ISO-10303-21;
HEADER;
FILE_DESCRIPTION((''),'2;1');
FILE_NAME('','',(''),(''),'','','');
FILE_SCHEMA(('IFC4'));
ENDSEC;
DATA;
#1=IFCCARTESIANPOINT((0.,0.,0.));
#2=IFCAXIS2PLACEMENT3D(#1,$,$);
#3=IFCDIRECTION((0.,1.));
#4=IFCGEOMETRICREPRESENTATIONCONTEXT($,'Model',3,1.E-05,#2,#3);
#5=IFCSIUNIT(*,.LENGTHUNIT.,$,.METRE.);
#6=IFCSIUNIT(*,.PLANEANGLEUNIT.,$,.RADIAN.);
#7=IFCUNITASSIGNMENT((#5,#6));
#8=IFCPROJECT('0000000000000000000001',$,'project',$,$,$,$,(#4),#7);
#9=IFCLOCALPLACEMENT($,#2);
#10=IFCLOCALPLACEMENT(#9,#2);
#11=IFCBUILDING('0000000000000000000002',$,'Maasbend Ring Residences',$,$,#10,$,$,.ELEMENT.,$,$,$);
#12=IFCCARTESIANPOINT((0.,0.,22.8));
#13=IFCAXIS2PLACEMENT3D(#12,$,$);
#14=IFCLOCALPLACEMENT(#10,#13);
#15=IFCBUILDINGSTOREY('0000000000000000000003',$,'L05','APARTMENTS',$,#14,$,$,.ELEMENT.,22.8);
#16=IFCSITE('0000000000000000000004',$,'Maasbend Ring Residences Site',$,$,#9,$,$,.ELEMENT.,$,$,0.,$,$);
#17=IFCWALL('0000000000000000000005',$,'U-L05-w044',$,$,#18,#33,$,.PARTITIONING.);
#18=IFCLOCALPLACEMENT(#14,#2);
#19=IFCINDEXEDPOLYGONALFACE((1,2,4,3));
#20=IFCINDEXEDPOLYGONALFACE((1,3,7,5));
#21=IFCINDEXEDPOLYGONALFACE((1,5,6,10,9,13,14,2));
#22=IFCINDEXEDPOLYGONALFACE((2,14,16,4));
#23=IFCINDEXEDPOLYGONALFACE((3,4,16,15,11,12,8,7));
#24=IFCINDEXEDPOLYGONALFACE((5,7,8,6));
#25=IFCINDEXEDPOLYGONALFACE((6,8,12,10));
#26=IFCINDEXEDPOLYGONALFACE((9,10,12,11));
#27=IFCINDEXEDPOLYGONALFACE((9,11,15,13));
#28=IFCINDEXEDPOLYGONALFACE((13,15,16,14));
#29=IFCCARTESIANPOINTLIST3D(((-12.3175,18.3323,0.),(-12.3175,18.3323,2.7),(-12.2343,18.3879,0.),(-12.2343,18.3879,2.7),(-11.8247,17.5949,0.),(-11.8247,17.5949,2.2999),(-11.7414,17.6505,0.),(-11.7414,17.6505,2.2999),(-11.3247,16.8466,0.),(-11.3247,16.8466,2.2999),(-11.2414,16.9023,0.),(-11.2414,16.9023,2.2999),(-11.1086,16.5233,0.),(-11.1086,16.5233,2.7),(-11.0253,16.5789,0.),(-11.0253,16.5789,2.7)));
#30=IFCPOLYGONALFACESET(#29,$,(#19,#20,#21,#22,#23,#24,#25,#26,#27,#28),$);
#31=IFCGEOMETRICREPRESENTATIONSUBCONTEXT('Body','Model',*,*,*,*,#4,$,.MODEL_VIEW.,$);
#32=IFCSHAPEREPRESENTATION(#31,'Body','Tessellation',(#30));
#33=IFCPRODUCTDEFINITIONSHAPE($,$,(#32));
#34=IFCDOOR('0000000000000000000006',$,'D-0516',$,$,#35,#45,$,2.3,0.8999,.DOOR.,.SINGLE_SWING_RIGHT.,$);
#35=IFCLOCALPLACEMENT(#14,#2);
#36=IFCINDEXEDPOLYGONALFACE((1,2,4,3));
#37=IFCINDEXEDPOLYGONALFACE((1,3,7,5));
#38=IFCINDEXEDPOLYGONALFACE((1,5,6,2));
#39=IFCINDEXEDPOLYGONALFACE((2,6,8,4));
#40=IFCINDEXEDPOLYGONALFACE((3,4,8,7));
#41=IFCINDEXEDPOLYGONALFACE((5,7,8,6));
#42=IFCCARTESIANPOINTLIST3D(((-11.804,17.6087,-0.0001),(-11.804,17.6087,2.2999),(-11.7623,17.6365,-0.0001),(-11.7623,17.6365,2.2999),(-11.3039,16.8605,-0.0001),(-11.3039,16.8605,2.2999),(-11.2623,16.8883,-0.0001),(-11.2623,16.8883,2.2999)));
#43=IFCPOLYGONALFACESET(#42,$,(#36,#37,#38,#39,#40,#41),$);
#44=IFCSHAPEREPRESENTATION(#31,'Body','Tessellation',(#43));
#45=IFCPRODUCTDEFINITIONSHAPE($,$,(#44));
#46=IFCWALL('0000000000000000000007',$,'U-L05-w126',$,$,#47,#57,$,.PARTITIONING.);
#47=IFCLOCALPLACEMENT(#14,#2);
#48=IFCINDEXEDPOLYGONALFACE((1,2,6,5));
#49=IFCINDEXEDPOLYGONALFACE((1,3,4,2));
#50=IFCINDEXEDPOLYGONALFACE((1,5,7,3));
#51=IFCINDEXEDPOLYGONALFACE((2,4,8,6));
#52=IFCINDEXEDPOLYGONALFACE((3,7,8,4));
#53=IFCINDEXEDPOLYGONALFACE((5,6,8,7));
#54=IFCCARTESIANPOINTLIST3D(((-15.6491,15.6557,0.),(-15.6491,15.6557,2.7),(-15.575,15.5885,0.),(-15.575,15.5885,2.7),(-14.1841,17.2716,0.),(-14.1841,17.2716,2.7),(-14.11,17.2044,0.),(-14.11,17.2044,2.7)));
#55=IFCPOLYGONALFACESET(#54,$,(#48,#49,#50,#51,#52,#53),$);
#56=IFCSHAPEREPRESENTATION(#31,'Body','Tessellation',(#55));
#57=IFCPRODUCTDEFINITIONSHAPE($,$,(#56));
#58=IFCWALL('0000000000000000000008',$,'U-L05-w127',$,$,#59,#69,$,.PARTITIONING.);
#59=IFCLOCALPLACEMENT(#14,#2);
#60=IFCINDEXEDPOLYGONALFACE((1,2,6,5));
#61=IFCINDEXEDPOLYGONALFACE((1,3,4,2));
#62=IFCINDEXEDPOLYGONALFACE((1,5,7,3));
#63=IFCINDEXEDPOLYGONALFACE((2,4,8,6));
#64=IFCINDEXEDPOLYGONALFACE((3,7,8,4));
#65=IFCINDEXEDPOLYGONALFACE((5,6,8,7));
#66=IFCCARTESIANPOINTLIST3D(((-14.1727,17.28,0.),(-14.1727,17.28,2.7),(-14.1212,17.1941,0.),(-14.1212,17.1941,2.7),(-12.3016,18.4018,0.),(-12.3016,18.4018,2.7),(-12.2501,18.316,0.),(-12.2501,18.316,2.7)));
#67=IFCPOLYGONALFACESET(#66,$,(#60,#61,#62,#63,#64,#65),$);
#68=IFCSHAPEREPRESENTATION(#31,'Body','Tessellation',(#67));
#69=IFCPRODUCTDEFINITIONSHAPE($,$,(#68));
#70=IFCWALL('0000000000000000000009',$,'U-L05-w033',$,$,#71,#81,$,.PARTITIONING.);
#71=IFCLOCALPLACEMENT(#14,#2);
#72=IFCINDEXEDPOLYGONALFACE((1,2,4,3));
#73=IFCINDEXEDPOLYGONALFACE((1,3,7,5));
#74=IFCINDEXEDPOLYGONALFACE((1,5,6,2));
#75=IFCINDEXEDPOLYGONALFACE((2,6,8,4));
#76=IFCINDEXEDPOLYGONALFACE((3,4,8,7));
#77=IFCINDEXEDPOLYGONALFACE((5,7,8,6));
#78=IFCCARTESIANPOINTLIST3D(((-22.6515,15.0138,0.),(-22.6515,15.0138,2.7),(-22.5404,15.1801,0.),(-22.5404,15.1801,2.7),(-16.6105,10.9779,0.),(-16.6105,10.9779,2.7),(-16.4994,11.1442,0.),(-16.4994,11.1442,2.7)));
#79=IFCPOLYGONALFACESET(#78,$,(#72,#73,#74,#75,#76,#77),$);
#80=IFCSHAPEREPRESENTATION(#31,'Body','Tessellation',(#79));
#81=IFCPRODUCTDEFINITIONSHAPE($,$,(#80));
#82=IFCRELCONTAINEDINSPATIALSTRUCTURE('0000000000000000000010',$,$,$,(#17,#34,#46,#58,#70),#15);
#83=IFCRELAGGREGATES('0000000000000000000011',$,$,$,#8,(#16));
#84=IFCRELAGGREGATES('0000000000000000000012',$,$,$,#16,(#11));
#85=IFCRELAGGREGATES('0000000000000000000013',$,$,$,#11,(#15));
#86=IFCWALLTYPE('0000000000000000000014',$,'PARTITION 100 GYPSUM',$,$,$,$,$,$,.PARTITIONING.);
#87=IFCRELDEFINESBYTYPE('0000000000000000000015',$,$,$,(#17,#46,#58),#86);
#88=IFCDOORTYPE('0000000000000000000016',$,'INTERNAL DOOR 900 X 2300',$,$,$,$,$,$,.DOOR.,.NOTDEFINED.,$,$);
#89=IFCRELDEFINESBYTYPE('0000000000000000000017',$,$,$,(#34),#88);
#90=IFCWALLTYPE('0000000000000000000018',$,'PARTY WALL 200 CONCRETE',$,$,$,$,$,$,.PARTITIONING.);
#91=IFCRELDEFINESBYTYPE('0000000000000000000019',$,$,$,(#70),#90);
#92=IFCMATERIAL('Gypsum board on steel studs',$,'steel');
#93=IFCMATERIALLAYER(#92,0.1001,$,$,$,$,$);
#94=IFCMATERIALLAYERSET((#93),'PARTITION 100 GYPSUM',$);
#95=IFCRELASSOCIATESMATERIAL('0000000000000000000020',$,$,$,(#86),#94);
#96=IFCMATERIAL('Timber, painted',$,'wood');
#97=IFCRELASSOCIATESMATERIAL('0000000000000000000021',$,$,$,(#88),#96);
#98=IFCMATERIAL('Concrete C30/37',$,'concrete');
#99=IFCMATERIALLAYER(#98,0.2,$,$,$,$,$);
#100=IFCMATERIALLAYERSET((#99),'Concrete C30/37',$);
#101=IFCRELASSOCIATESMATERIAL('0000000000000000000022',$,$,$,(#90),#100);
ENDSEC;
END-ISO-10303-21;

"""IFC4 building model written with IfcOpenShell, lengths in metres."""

from ifc_helpers import new_model, si_unit, direction, frame, frame_2d, origin, place, context, subcontext, project, spatial, rectangle, extrude, material, layer, layer_set, type_object, element, fill, save


model = new_model("IFC4")

# Units and contexts
model_context = context("Model", 3, precision=1e-05, world=origin(), true_north=direction((0.0, 1.0)))
body_context = subcontext(model_context, "Body", "Model", "MODEL_VIEW")
ifc_project = project(units=[si_unit("LENGTHUNIT", "METRE"), si_unit("PLANEANGLEUNIT", "RADIAN")], contexts=[model_context])

# Site, building, storey
site_placement = place(None, origin())
site = spatial("IfcSite", under=ifc_project, at=site_placement, Name="Maasbend Ring Residences Site", CompositionType="ELEMENT", RefElevation=0.0)
building_placement = place(site_placement, origin())
building = spatial("IfcBuilding", under=site, at=building_placement, Name="Maasbend Ring Residences", CompositionType="ELEMENT")
storey_placement = place(building_placement, frame((0.0, 0.0, 22.8)))
storey = spatial("IfcBuildingStorey", under=building, at=storey_placement, Name="L05", Description="APARTMENTS", CompositionType="ELEMENT", Elevation=22.8)

# Wall, opening, door
ifc_material_1 = material(Name="Gypsum board on steel studs", Category="steel")
ifc_layer_1 = layer(ifc_material_1, 0.1001)
ifc_layer_set_1 = layer_set([ifc_layer_1], Name="PARTITION 100 GYPSUM")
wall_type_1 = type_object("IfcWallType", Name="PARTITION 100 GYPSUM", PredefinedType="PARTITIONING", material=ifc_layer_set_1)
ifc_material_2 = material(Name="Timber, painted", Category="wood")
door_type_1 = type_object("IfcDoorType", Name="INTERNAL DOOR 900 X 2300", OperationType="NOTDEFINED", PredefinedType="DOOR", material=ifc_material_2)
wall_1_placement = place(storey_placement, frame((-12.2759, 18.3601, 0.0), z_axis=(0.0, 0.0, 1.0), x_axis=(0.555632, -0.831428, 0.0)))
wall_1 = element("IfcWall", 1, at=wall_1_placement, inside=storey, type_object=wall_type_1, Name="U-L05-w044", PredefinedType="PARTITIONING", context=body_context, shape_type="SweptSolid", body=[
    extrude(rectangle(XDim=2.1758, YDim=0.1001, at=frame_2d((1.0879, 0.0))), origin(), (0.0, 0.0, 1.0), 2.7),
])
opening_1_placement = place(wall_1_placement, frame((0.887, 0.0, 0.0)))
opening_1 = element("IfcOpeningElement", 2, at=opening_1_placement, cuts=wall_1, PredefinedType="OPENING", context=body_context, shape_type="SweptSolid", body=[
    extrude(rectangle(XDim=0.8999, YDim=2.3, at=frame_2d((0.45, 1.1499))), frame((0.0, 0.0601, 0.0), z_axis=(0.0, -1.0, 0.0), x_axis=(1.0, 0.0, 0.0)), (0.0, 0.0, 1.0), 0.1201),
])
door_1_placement = place(opening_1_placement, origin())
door_1 = element("IfcDoor", 3, at=door_1_placement, inside=storey, type_object=door_type_1, Name="D-0516", OperationType="SINGLE_SWING_RIGHT", OverallHeight=2.3, OverallWidth=0.8999, PredefinedType="DOOR", context=body_context, shape_type="SweptSolid", body=[
    extrude(rectangle(XDim=0.8999, YDim=2.3, at=frame_2d((0.45, 1.1499))), frame((0.0, 0.0249, 0.0), z_axis=(0.0, -1.0, 0.0), x_axis=(1.0, 0.0, 0.0)), (0.0, 0.0, 1.0), 0.05),
])
fill(opening_1, door_1)

# Walls
wall_2_placement = place(storey_placement, frame((-15.6121, 15.6221, 0.0), z_axis=(0.0, 0.0, 1.0), x_axis=(0.671675, 0.740846, 0.0)))
element("IfcWall", 4, at=wall_2_placement, inside=storey, type_object=wall_type_1, Name="U-L05-w126", PredefinedType="PARTITIONING", context=body_context, shape_type="SweptSolid", body=[
    extrude(rectangle(XDim=2.1812, YDim=0.1001, at=frame_2d((1.0906, 0.0))), origin(), (0.0, 0.0, 1.0), 2.7),
])
wall_3_placement = place(storey_placement, frame((-14.147, 17.2371, 0.0), z_axis=(0.0, 0.0, 1.0), x_axis=(0.857661, 0.514216, 0.0)))
element("IfcWall", 5, at=wall_3_placement, inside=storey, type_object=wall_type_1, Name="U-L05-w127", PredefinedType="PARTITIONING", context=body_context, shape_type="SweptSolid", body=[
    extrude(rectangle(XDim=2.1816, YDim=0.1001, at=frame_2d((1.0908, 0.0))), origin(), (0.0, 0.0, 1.0), 2.7),
])
ifc_material_3 = material(Name="Concrete C30/37", Category="concrete")
ifc_layer_2 = layer(ifc_material_3, 0.2)
ifc_layer_set_2 = layer_set([ifc_layer_2], Name="Concrete C30/37")
wall_type_2 = type_object("IfcWallType", Name="PARTY WALL 200 CONCRETE", PredefinedType="PARTITIONING", material=ifc_layer_set_2)
wall_4_placement = place(storey_placement, frame((-22.5959, 15.0969, 0.0), z_axis=(0.0, 0.0, 1.0), x_axis=(0.831507, -0.555514, 0.0)))
element("IfcWall", 6, at=wall_4_placement, inside=storey, type_object=wall_type_2, Name="U-L05-w033", PredefinedType="PARTITIONING", context=body_context, shape_type="SweptSolid", body=[
    extrude(rectangle(XDim=7.2651, YDim=0.2, at=frame_2d((3.6326, 0.0))), origin(), (0.0, 0.0, 1.0), 2.7),
])

save(model, "model.ifc")
